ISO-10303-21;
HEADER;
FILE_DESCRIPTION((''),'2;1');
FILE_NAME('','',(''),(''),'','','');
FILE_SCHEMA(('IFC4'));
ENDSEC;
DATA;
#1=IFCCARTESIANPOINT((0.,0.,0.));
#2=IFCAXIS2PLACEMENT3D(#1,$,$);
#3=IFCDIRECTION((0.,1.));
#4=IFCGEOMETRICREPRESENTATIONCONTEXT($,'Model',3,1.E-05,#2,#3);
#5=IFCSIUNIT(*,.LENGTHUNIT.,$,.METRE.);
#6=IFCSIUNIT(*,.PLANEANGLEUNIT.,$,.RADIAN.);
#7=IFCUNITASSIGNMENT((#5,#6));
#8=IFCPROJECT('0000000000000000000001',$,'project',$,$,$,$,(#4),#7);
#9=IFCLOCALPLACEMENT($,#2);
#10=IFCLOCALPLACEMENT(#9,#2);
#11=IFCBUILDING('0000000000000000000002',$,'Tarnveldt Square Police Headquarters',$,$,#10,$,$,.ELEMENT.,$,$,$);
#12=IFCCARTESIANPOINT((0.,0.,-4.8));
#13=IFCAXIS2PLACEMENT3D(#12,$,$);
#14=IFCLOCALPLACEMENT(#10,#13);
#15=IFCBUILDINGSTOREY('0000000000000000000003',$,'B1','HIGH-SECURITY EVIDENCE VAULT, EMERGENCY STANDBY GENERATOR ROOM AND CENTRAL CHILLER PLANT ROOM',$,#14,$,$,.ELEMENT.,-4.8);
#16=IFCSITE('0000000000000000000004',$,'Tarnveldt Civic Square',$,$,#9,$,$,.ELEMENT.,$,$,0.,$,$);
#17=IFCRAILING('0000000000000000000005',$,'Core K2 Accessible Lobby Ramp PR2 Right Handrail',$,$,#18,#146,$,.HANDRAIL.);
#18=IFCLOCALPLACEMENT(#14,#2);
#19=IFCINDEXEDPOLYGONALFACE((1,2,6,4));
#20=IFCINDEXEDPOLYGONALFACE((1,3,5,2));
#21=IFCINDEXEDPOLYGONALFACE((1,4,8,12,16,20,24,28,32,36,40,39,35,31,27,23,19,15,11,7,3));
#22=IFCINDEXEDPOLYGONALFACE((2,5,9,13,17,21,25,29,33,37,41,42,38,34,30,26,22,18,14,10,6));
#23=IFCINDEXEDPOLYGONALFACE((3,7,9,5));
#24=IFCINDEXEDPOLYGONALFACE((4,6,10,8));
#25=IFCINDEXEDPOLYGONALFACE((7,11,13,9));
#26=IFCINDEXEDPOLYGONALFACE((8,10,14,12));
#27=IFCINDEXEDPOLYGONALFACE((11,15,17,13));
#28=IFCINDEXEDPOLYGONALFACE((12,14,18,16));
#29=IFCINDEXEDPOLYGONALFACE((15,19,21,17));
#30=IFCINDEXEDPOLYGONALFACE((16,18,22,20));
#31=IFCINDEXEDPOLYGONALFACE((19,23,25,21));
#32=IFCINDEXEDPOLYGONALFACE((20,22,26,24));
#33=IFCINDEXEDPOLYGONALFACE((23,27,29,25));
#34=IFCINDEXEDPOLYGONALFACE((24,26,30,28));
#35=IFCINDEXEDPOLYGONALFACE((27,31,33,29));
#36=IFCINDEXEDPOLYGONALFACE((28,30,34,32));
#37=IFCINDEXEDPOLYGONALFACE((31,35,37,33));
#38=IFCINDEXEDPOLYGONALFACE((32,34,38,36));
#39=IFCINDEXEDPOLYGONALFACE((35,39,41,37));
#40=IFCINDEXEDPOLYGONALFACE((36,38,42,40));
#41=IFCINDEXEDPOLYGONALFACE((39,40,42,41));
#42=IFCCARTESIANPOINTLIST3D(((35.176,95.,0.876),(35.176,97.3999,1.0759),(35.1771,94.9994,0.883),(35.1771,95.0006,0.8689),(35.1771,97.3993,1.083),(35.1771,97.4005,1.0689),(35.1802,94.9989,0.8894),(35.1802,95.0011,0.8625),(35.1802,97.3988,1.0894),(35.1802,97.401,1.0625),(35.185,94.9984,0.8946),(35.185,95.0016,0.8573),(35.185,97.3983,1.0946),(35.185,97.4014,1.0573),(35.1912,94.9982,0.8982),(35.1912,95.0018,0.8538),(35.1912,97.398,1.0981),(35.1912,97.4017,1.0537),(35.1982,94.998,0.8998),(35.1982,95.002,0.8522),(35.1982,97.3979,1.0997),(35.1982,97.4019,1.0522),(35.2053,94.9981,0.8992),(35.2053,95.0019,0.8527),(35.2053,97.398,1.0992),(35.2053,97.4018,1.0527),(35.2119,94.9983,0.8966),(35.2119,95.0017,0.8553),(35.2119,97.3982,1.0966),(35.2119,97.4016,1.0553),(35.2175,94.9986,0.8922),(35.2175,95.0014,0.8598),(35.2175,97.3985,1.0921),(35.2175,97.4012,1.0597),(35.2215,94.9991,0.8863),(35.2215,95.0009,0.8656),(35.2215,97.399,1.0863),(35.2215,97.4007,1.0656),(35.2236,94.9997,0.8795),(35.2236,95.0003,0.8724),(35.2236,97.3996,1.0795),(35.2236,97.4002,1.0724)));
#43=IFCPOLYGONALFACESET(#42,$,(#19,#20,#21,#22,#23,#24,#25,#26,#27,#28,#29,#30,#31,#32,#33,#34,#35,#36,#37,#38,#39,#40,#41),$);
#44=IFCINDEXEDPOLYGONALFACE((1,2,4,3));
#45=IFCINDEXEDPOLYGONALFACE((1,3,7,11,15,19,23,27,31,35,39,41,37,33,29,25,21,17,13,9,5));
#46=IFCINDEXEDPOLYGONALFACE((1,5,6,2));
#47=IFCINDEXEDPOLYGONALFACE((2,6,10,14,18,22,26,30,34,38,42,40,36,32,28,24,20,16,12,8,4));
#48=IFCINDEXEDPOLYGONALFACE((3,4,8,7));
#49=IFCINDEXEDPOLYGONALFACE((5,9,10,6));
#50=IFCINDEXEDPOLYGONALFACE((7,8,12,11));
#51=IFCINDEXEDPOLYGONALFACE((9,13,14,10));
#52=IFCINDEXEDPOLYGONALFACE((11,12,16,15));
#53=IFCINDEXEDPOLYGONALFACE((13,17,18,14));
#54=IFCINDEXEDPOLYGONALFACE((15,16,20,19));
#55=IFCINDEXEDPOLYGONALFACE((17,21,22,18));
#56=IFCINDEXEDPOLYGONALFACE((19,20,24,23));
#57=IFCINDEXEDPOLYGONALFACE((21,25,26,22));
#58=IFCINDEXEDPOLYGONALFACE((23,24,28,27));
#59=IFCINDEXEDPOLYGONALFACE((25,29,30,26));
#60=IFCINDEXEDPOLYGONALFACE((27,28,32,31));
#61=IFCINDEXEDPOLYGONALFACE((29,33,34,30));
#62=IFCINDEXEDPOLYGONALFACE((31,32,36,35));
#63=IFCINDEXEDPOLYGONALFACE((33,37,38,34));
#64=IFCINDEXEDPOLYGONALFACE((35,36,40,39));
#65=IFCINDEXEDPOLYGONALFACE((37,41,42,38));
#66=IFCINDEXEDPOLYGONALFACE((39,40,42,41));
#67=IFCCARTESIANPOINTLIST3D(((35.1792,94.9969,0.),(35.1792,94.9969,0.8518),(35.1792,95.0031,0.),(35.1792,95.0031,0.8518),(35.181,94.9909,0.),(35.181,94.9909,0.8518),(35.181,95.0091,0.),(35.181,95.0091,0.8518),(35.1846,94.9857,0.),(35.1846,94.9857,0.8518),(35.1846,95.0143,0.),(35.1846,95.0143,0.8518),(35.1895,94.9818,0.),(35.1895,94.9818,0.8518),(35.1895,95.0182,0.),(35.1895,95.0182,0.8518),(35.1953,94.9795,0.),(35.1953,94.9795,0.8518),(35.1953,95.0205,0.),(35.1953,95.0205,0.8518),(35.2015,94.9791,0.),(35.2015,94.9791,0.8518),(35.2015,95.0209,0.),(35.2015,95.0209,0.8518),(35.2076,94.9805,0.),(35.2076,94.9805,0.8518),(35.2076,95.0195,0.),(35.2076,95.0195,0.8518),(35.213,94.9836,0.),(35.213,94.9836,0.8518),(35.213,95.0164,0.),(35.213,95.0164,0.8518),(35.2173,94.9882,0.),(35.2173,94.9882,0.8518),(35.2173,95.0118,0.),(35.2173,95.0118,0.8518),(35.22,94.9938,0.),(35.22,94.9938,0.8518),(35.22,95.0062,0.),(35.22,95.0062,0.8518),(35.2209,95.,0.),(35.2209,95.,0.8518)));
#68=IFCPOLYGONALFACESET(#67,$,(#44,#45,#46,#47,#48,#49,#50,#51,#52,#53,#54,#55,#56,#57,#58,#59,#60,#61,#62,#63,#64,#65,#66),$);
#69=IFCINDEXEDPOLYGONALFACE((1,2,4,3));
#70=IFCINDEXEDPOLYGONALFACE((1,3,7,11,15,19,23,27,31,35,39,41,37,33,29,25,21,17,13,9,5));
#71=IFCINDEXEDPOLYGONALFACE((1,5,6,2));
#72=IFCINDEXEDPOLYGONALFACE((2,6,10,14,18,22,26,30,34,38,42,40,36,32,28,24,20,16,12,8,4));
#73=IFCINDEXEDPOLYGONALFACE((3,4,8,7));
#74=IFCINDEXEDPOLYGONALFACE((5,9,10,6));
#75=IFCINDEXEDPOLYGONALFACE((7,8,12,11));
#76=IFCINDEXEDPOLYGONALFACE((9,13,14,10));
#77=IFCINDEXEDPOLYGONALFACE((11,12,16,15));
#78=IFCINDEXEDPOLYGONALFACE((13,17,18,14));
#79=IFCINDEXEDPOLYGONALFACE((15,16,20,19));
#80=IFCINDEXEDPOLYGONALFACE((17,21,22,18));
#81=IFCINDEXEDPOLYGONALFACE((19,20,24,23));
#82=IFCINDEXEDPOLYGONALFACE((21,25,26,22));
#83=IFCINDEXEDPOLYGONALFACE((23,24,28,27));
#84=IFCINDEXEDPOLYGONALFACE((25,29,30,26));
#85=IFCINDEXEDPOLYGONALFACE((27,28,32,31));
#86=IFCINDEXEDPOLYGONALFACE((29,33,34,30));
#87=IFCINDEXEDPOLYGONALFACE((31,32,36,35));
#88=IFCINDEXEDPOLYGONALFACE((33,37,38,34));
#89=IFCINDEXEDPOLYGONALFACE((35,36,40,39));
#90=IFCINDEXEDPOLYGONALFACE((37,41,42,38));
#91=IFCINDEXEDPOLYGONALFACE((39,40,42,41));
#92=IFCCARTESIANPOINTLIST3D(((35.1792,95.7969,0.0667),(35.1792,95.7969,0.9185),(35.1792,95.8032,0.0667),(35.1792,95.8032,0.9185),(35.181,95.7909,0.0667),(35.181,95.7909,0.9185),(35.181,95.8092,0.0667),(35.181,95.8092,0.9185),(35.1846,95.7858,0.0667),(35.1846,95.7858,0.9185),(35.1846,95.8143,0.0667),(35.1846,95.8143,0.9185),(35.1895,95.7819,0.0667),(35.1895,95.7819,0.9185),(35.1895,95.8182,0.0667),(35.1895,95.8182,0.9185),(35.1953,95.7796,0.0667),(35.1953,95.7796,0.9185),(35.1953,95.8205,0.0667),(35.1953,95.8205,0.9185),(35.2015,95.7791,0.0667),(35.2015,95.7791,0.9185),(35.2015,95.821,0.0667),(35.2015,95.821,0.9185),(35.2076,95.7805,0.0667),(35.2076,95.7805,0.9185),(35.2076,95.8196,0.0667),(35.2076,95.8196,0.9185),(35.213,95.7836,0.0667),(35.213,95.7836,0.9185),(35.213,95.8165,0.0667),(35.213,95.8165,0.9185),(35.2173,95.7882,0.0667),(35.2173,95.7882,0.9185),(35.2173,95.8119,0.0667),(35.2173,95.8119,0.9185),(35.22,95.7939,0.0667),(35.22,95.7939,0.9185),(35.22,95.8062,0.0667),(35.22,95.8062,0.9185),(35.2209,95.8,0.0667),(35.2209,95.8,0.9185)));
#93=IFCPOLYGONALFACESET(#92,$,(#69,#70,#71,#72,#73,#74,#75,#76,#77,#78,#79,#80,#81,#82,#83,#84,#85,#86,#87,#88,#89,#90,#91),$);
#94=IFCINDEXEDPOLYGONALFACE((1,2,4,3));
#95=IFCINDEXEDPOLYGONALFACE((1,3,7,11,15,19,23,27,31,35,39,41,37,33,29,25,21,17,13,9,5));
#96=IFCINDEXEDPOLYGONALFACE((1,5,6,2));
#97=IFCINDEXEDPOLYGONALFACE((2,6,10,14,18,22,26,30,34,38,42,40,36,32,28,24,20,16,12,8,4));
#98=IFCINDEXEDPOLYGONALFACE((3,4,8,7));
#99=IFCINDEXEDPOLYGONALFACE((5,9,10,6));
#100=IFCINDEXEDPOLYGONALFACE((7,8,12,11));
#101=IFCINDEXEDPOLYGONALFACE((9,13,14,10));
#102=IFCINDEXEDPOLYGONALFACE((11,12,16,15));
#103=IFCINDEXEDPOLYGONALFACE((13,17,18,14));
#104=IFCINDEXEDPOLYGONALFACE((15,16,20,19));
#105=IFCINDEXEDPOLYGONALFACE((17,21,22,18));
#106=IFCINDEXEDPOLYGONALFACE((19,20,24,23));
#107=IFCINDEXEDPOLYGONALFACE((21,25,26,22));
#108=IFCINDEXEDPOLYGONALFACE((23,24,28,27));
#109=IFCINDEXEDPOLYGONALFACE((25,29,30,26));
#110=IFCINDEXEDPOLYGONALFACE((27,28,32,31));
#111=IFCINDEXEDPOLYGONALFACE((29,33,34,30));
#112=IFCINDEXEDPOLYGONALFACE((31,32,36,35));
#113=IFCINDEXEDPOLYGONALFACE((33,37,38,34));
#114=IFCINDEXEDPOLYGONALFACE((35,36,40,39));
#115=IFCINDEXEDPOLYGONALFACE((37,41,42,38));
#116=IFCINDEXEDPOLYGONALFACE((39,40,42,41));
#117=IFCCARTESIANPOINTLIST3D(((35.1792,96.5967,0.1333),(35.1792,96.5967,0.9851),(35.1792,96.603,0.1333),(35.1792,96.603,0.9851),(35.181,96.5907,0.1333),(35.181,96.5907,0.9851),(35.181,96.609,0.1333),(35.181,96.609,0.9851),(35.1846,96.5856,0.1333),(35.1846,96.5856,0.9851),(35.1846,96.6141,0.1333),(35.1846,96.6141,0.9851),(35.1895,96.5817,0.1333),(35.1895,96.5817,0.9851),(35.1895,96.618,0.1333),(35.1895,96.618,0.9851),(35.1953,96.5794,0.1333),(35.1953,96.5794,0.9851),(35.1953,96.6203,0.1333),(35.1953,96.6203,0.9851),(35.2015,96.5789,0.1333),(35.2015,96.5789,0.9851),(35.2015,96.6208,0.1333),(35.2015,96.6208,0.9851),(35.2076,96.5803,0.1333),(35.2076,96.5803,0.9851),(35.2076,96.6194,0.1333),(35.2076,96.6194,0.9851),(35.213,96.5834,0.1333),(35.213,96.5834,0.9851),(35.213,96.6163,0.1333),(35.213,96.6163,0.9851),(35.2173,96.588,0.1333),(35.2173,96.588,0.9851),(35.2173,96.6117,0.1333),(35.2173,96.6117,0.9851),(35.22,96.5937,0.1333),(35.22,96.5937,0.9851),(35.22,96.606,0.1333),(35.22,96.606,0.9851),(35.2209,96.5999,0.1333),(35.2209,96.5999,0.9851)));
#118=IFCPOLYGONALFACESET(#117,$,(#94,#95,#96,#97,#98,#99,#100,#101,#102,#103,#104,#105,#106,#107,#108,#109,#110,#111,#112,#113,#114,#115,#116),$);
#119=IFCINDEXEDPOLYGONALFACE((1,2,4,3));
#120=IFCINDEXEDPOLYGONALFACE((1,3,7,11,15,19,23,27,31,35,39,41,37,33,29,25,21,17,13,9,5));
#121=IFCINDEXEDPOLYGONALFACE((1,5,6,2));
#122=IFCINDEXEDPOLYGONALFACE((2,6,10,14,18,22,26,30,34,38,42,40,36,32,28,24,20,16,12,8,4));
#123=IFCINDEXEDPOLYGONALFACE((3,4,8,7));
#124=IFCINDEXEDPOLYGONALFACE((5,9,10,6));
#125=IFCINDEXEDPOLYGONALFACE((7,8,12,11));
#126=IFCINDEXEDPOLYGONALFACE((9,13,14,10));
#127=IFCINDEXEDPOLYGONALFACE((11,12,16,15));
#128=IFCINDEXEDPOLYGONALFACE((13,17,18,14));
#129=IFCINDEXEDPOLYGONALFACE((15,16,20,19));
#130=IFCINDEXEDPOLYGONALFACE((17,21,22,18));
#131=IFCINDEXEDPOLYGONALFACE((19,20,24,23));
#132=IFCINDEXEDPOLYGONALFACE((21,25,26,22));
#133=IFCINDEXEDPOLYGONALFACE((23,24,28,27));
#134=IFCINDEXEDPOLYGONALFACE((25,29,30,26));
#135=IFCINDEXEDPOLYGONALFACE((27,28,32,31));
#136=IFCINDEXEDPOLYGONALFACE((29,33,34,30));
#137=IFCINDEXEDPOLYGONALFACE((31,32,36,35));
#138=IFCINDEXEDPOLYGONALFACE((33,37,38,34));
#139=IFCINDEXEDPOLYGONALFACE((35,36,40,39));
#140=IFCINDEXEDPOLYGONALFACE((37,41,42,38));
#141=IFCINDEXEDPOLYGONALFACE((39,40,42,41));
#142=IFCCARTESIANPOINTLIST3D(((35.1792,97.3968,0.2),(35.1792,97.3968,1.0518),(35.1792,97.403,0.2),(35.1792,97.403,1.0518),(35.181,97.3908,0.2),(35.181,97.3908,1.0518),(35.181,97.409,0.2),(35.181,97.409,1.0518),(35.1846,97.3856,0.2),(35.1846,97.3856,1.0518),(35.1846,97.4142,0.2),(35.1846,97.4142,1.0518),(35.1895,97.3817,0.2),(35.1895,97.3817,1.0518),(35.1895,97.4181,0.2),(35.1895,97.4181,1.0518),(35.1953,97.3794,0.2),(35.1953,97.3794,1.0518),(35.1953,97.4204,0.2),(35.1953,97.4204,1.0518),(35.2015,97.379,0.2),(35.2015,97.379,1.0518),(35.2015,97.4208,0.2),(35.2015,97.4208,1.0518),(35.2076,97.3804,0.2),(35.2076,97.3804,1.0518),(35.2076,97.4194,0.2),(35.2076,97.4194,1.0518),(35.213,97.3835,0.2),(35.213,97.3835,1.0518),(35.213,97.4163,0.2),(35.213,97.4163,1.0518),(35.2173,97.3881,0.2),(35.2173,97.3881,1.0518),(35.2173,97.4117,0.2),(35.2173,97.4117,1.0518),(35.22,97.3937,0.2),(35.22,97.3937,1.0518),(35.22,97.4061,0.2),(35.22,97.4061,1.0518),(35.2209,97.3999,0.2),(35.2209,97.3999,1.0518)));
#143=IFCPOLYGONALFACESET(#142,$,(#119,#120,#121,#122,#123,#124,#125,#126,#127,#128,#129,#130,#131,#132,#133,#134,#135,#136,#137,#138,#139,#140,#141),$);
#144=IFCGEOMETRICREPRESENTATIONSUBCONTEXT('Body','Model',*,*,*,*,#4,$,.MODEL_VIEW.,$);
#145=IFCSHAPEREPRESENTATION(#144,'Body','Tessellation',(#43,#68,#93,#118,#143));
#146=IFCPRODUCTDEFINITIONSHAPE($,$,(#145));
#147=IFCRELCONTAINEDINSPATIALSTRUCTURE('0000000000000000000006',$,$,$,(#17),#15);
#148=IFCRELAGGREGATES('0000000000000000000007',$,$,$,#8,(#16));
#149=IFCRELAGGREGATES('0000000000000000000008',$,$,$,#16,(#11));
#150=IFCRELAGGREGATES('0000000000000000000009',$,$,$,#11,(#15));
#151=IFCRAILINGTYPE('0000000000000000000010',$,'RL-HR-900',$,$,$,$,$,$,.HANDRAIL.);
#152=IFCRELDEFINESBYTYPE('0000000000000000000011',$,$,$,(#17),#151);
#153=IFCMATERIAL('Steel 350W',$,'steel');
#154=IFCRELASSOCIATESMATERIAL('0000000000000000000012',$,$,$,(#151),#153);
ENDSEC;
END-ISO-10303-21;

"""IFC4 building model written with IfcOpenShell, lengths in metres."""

from ifc_helpers import new_model, si_unit, direction, frame, origin, origin_2d, place, context, subcontext, project, spatial, circle, extrude, material, type_object, element, save


model = new_model("IFC4")

# Units and contexts
model_context = context("Model", 3, precision=1e-05, world=origin(), true_north=direction((0.0, 1.0)))
body_context = subcontext(model_context, "Body", "Model", "MODEL_VIEW")
ifc_project = project(units=[si_unit("LENGTHUNIT", "METRE"), si_unit("PLANEANGLEUNIT", "RADIAN")], contexts=[model_context])

# Site, building, storey
site_placement = place(None, origin())
site = spatial("IfcSite", under=ifc_project, at=site_placement, Name="Tarnveldt Civic Square", CompositionType="ELEMENT", RefElevation=0.0)
building_placement = place(site_placement, origin())
building = spatial("IfcBuilding", under=site, at=building_placement, Name="Tarnveldt Square Police Headquarters", CompositionType="ELEMENT")
storey_placement = place(building_placement, frame((0.0, 0.0, -4.8)))
storey = spatial("IfcBuildingStorey", under=building, at=storey_placement, Name="B1", Description="HIGH-SECURITY EVIDENCE VAULT, EMERGENCY STANDBY GENERATOR ROOM AND CENTRAL CHILLER PLANT ROOM", CompositionType="ELEMENT", Elevation=-4.8)

# Shared definitions
ifc_material_1 = material(Name="Steel 350W", Category="steel")

# Railing
railing_type = type_object("IfcRailingType", Name="RL-HR-900", PredefinedType="HANDRAIL", material=ifc_material_1)
for number, where, name in (
    (1, (35.2, 95.0, 0.0), "Core K2 Accessible Lobby Ramp PR2 Right Handrail"),
):
    element("IfcRailing", number, at=place(storey_placement, frame(where)), inside=storey, type_object=railing_type, Name=name, PredefinedType="HANDRAIL", context=body_context, shape_type="SweptSolid", body=[
        extrude(circle(Radius=0.0239, at=origin_2d()), frame((0.0, 0.0, 0.876), z_axis=(0.0, 0.996547, 0.083029), x_axis=(-1.0, 0.0, 0.0)), (0.0, 0.0, 1.0), 2.4082),
        extrude(circle(Radius=0.021, at=origin_2d()), origin(), (0.0, 0.0, 1.0), 0.8518),
        extrude(circle(Radius=0.021, at=origin_2d()), frame((0.0, 0.8, 0.0667)), (0.0, 0.0, 1.0), 0.8518),
        extrude(circle(Radius=0.021, at=origin_2d()), frame((0.0, 1.5999, 0.1333)), (0.0, 0.0, 1.0), 0.8518),
        extrude(circle(Radius=0.021, at=origin_2d()), frame((0.0, 2.3999, 0.2)), (0.0, 0.0, 1.0), 0.8518),
    ])

save(model, "model.ifc")
